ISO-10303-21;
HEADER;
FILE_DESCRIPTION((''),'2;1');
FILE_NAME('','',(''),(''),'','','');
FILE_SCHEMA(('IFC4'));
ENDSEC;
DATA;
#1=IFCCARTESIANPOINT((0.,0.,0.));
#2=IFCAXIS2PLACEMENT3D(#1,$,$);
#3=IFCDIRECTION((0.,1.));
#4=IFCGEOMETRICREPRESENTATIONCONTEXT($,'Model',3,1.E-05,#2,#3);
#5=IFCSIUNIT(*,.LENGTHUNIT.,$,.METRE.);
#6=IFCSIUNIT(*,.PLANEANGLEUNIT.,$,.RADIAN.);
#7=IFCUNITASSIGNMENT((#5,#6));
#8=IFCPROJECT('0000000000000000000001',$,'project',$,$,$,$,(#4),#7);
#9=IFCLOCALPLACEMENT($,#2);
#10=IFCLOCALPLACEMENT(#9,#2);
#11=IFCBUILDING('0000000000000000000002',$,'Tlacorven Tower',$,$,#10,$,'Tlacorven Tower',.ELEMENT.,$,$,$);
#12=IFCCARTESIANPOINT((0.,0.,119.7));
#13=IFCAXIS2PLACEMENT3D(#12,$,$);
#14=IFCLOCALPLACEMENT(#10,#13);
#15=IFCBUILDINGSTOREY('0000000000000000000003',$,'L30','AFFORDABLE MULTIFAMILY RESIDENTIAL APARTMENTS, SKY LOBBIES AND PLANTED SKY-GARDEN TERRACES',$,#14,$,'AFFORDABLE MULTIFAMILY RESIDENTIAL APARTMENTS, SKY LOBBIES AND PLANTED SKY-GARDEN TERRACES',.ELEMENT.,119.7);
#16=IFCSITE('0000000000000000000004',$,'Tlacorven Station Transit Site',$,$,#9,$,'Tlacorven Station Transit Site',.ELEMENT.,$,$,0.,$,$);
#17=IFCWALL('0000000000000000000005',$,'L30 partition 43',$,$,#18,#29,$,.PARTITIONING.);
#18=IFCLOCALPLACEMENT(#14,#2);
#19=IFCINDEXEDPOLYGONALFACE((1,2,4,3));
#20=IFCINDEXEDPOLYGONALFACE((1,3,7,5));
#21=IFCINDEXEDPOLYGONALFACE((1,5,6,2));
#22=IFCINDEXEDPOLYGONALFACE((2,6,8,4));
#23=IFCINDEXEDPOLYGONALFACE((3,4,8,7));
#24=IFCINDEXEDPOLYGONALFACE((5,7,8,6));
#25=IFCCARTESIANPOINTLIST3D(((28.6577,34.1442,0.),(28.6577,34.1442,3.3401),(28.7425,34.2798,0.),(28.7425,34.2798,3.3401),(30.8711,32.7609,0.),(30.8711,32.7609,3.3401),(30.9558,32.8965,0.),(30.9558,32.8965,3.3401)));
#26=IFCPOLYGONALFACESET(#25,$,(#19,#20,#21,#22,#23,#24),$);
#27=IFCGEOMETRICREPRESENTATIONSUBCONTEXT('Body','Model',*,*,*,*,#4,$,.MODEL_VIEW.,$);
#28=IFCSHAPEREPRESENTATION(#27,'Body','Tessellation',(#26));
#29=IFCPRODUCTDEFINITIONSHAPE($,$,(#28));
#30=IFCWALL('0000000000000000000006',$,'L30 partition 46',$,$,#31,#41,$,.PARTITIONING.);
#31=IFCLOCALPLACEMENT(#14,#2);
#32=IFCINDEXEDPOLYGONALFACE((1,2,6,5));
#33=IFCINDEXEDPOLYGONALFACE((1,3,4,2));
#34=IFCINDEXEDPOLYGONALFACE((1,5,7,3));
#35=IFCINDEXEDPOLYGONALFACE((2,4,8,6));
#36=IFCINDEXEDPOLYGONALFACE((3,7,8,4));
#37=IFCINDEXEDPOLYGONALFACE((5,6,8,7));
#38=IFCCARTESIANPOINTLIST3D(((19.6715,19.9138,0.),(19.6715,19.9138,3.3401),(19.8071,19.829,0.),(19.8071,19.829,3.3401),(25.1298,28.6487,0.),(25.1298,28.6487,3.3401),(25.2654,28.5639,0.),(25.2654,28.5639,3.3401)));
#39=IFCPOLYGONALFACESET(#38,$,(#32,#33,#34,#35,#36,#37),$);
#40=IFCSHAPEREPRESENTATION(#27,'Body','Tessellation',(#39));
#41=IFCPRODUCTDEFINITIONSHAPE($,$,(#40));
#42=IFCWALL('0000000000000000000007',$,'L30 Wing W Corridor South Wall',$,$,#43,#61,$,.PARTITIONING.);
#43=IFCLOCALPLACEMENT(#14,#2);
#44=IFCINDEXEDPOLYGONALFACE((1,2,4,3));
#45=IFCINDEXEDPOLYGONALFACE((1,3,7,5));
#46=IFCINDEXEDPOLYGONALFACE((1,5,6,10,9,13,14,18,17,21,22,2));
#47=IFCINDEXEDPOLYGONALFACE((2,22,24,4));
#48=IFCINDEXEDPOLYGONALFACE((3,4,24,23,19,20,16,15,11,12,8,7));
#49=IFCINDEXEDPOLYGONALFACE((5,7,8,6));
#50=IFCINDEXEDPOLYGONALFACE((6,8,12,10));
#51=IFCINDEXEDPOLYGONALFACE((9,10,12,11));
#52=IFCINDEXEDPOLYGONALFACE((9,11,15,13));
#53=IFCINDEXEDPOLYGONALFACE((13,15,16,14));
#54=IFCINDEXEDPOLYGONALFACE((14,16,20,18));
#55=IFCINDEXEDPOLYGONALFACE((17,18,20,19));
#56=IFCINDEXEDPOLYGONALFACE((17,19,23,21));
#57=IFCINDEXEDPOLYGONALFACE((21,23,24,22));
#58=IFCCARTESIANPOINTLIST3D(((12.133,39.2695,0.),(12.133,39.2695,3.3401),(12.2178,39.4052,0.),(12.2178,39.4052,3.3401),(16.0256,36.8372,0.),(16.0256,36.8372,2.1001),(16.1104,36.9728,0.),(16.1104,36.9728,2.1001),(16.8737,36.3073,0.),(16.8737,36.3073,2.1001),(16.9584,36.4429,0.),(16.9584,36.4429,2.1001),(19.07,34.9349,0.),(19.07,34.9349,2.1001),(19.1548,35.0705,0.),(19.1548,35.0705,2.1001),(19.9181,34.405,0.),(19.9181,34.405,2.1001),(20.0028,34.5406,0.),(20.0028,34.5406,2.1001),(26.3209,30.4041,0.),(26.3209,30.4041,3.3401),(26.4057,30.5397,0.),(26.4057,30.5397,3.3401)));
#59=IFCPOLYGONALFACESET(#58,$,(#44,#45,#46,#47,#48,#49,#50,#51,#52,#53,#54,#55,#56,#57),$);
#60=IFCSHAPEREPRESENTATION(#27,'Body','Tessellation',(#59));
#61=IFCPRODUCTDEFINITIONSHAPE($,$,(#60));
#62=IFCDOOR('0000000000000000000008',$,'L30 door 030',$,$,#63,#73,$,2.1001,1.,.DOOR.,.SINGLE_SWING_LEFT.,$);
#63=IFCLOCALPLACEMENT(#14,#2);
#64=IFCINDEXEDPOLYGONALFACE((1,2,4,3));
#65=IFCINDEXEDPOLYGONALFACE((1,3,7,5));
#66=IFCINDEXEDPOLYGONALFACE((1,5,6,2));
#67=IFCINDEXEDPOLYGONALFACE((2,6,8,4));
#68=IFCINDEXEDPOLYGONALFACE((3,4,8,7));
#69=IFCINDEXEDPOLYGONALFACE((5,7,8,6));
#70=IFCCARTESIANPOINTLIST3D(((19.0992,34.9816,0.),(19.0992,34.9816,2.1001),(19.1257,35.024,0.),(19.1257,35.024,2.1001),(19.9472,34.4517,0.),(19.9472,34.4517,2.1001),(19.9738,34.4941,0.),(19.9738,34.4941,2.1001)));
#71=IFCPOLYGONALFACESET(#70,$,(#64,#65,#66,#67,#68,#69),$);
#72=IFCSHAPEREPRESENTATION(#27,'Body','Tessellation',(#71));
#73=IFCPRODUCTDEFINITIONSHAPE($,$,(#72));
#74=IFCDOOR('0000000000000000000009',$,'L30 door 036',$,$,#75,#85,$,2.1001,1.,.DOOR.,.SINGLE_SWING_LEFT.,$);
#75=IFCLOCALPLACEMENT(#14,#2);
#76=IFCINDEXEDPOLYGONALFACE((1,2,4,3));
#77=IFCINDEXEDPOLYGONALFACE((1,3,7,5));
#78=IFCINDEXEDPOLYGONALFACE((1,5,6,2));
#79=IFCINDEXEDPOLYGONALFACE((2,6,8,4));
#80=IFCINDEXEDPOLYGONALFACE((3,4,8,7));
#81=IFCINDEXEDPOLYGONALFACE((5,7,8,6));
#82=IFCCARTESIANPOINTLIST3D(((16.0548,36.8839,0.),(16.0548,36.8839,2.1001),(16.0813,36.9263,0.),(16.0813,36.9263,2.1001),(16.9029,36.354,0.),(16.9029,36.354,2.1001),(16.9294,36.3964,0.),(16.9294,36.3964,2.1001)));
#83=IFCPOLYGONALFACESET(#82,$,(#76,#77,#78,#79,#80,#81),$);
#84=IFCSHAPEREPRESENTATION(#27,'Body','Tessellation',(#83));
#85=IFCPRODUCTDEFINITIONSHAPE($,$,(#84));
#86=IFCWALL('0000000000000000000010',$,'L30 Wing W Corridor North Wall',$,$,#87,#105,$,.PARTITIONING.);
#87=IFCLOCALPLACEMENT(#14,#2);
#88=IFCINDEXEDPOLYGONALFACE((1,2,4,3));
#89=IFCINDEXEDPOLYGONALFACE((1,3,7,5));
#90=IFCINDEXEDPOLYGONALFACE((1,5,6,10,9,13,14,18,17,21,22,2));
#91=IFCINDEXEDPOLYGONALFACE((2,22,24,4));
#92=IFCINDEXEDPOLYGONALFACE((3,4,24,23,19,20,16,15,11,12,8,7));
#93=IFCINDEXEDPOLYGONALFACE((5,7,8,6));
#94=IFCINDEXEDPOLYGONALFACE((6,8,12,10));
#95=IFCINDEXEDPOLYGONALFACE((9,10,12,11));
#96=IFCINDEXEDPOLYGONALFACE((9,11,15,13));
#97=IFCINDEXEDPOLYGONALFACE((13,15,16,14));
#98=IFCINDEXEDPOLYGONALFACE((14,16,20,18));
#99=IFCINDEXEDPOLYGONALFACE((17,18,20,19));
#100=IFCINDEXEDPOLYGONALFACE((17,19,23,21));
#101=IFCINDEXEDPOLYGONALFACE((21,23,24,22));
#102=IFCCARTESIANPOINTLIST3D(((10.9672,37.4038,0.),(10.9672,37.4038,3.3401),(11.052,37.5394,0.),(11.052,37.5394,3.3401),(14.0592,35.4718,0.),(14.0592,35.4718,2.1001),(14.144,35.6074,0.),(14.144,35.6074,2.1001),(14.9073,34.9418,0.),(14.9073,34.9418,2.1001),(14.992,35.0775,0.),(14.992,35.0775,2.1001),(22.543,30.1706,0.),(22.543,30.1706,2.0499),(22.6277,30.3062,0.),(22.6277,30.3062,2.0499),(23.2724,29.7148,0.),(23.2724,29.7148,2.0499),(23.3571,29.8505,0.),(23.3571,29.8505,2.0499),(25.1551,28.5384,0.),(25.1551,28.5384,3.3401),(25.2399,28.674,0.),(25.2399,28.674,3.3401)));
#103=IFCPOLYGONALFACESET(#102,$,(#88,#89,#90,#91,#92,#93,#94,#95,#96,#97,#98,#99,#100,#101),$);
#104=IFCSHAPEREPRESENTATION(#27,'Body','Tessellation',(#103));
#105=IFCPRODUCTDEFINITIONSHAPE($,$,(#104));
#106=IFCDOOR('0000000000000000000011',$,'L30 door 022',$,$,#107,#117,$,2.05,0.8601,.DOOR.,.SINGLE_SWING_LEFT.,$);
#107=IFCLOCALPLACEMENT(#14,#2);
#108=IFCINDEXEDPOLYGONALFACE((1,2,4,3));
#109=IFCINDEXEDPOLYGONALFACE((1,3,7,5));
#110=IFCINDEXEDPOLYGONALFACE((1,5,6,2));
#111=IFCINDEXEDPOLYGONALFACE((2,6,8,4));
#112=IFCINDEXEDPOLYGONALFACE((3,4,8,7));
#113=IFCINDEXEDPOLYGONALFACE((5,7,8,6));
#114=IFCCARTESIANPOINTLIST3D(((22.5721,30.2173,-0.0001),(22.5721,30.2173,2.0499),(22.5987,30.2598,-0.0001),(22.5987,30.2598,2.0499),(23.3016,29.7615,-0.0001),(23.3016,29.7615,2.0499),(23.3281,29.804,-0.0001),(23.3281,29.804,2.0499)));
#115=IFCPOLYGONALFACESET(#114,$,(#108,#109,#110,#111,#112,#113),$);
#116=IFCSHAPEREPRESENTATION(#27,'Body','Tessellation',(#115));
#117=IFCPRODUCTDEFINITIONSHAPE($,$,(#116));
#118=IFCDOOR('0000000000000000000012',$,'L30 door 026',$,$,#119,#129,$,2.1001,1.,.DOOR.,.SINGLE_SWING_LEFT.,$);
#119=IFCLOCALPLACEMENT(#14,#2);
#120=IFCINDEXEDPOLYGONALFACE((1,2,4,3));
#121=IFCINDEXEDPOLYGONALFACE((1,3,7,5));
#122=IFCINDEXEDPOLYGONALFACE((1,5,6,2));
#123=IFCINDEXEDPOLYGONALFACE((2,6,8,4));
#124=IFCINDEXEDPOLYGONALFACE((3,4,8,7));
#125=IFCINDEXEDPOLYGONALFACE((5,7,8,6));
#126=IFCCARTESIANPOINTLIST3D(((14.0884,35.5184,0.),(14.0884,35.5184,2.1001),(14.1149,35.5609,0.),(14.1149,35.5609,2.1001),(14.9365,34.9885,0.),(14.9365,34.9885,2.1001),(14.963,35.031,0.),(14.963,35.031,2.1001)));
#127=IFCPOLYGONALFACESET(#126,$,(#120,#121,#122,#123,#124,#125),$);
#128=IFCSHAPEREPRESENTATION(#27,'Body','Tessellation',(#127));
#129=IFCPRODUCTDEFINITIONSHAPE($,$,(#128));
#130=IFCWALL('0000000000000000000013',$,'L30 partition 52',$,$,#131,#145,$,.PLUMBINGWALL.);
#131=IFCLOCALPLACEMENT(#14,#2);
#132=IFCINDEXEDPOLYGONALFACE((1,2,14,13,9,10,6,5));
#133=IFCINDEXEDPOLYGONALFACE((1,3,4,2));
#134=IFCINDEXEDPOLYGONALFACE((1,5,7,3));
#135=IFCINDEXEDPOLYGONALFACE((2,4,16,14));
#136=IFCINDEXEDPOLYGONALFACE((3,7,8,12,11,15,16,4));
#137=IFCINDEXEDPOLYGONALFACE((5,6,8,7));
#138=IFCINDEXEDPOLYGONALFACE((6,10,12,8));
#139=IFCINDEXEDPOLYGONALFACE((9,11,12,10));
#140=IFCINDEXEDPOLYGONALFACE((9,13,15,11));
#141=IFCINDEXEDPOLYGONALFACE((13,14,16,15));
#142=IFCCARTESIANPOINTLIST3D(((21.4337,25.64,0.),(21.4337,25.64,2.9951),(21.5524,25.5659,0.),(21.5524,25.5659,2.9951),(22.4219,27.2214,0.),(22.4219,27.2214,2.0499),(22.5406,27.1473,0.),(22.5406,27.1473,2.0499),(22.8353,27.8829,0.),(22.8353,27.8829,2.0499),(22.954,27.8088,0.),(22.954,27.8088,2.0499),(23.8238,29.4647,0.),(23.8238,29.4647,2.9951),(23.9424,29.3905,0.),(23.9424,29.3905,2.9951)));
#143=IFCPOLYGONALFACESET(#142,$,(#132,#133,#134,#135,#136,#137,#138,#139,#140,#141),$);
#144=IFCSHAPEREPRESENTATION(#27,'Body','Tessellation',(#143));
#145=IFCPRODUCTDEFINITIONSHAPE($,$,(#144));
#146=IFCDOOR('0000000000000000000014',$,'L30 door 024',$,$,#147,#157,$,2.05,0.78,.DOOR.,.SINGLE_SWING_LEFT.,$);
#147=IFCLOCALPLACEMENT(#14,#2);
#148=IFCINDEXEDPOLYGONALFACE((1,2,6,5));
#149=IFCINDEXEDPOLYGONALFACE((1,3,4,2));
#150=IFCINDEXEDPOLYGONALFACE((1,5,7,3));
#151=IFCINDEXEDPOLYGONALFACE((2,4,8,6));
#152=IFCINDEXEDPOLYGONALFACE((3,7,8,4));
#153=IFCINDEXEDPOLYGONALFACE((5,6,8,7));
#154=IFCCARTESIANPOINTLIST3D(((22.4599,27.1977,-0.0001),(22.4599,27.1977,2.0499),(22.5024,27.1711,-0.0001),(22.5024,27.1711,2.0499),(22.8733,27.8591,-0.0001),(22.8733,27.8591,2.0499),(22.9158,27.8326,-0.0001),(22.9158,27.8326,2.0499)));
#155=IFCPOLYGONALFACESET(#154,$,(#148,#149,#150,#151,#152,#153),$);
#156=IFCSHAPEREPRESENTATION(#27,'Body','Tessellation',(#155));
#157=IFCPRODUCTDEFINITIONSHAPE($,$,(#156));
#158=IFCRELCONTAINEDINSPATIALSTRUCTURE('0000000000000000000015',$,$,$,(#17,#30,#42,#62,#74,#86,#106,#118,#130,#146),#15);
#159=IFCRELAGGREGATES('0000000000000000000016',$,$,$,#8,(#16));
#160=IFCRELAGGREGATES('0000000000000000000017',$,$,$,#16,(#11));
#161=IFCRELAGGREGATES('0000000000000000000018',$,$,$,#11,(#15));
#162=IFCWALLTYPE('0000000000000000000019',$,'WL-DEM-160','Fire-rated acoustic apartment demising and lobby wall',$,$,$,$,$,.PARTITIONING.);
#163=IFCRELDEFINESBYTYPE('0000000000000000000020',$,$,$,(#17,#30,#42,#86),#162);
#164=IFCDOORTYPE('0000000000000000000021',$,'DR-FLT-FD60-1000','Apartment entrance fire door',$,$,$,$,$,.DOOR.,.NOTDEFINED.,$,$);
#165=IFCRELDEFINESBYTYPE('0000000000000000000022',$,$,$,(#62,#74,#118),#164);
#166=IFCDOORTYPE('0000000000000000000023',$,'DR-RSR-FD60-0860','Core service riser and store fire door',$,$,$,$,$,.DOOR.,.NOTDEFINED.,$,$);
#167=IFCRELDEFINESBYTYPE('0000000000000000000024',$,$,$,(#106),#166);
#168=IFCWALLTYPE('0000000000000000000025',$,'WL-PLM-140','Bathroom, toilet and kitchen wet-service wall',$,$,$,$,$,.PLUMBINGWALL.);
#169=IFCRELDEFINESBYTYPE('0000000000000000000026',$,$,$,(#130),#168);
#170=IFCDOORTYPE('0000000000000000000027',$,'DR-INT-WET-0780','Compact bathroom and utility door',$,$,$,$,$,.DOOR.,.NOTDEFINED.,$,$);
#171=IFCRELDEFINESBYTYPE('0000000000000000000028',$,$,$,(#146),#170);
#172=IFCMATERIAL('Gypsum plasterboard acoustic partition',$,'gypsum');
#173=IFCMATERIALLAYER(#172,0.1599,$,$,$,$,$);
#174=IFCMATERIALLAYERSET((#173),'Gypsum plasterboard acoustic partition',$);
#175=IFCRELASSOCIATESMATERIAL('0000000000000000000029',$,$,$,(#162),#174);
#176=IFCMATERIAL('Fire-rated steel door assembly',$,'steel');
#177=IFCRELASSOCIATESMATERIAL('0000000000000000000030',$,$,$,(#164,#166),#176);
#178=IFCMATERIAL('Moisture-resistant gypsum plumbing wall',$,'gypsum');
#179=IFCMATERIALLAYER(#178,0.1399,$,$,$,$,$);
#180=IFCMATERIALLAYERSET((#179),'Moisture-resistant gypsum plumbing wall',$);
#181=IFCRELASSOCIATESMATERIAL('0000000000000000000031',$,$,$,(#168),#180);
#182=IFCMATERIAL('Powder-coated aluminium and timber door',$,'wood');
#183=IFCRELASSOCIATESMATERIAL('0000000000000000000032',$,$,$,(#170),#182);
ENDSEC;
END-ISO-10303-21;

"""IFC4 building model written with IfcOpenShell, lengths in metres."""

from ifc_helpers import new_model, si_unit, direction, frame, frame_2d, origin, place, context, subcontext, project, spatial, rectangle, extrude, source, transform, mapped, material, layer, layer_set, type_object, element, fill, save


model = new_model("IFC4")

# Units and contexts
model_context = context("Model", 3, precision=1e-05, world=origin(), true_north=direction((0.0, 1.0)))
body_context = subcontext(model_context, "Body", "Model", "MODEL_VIEW")
ifc_project = project(units=[si_unit("LENGTHUNIT", "METRE"), si_unit("PLANEANGLEUNIT", "RADIAN")], contexts=[model_context])

# Site, building, storey
site_placement = place(None, origin())
site = spatial("IfcSite", under=ifc_project, at=site_placement, Name="Tlacorven Station Transit Site", LongName="Tlacorven Station Transit Site", CompositionType="ELEMENT", RefElevation=0.0)
building_placement = place(site_placement, origin())
building = spatial("IfcBuilding", under=site, at=building_placement, Name="Tlacorven Tower", LongName="Tlacorven Tower", CompositionType="ELEMENT")
storey_placement = place(building_placement, frame((0.0, 0.0, 119.7)))
storey = spatial("IfcBuildingStorey", under=building, at=storey_placement, Name="L30", Description="AFFORDABLE MULTIFAMILY RESIDENTIAL APARTMENTS, SKY LOBBIES AND PLANTED SKY-GARDEN TERRACES", LongName="AFFORDABLE MULTIFAMILY RESIDENTIAL APARTMENTS, SKY LOBBIES AND PLANTED SKY-GARDEN TERRACES", CompositionType="ELEMENT", Elevation=119.7)

# Walls
ifc_material_1 = material(Name="Gypsum plasterboard acoustic partition", Category="gypsum")
ifc_layer_1 = layer(ifc_material_1, 0.1599)
ifc_layer_set_1 = layer_set([ifc_layer_1], Name="Gypsum plasterboard acoustic partition")
wall_type_1 = type_object("IfcWallType", Name="WL-DEM-160", Description="Fire-rated acoustic apartment demising and lobby wall", PredefinedType="PARTITIONING", material=ifc_layer_set_1)
wall_1_placement = place(storey_placement, frame((30.9136, 32.8286, 0.0), z_axis=(0.0, 0.0, 1.0), x_axis=(-0.848009, 0.529982, 0.0)))
element("IfcWall", 1, at=wall_1_placement, inside=storey, type_object=wall_type_1, Name="L30 partition 43", PredefinedType="PARTITIONING", context=body_context, shape_type="SweptSolid", body=[
    extrude(rectangle(XDim=2.6101, YDim=0.1599, at=frame_2d((1.3052, 0.0))), origin(), (0.0, 0.0, 1.0), 3.3401),
])
wall_2_placement = place(storey_placement, frame((25.1975, 28.6062, 0.0), z_axis=(0.0, 0.0, 1.0), x_axis=(-0.529926, -0.848044, 0.0)))
element("IfcWall", 2, at=wall_2_placement, inside=storey, type_object=wall_type_1, Name="L30 partition 46", PredefinedType="PARTITIONING", context=body_context, shape_type="SweptSolid", body=[
    extrude(rectangle(XDim=10.3, YDim=0.1599, at=frame_2d((5.1499, 0.0))), origin(), (0.0, 0.0, 1.0), 3.3401),
])

# Walls, openings, doors
wall_3_placement = place(storey_placement, frame((26.3633, 30.4719, 0.0), z_axis=(0.0, 0.0, 1.0), x_axis=(-0.848052, 0.529912, 0.0)))
wall_3 = element("IfcWall", 3, at=wall_3_placement, inside=storey, type_object=wall_type_1, Name="L30 Wing W Corridor South Wall", PredefinedType="PARTITIONING", context=body_context, shape_type="SweptSolid", body=[
    extrude(rectangle(XDim=16.73, YDim=0.1599, at=frame_2d((8.365, 0.0))), origin(), (0.0, 0.0, 1.0), 3.3401),
])
opening_1_placement = place(wall_3_placement, frame((7.55, 0.0, 0.0)))
opening_1 = element("IfcOpeningElement", 4, at=opening_1_placement, cuts=wall_3, PredefinedType="OPENING", context=body_context, shape_type="SweptSolid", body=[
    extrude(rectangle(XDim=1.0, YDim=2.1001, at=frame_2d((0.5, 1.05))), frame((0.0, 0.0898, 0.0), z_axis=(0.0, -1.0, 0.0), x_axis=(1.0, 0.0, 0.0)), (0.0, 0.0, 1.0), 0.1799),
])
opening_2_placement = place(wall_3_placement, frame((11.1399, 0.0, 0.0)))
opening_2 = element("IfcOpeningElement", 5, at=opening_2_placement, cuts=wall_3, PredefinedType="OPENING", context=body_context, shape_type="SweptSolid", body=[
    extrude(rectangle(XDim=1.0, YDim=2.1001, at=frame_2d((0.5, 1.05))), frame((0.0, 0.0898, 0.0), z_axis=(0.0, -1.0, 0.0), x_axis=(1.0, 0.0, 0.0)), (0.0, 0.0, 1.0), 0.1799),
])
ifc_material_2 = material(Name="Fire-rated steel door assembly", Category="steel")
door_type_1 = type_object("IfcDoorType", Name="DR-FLT-FD60-1000", Description="Apartment entrance fire door", OperationType="NOTDEFINED", PredefinedType="DOOR", material=ifc_material_2)
shared_shape_1 = source(origin(), body_context, "Body", "SweptSolid", [
    extrude(rectangle(XDim=1.0, YDim=2.1001, at=frame_2d((0.5, 1.05))), frame((0.0, 0.0249, 0.0), z_axis=(0.0, -1.0, 0.0), x_axis=(1.0, 0.0, 0.0)), (0.0, 0.0, 1.0), 0.05),
])
door_1_placement = place(opening_1_placement, origin())
door_1 = element("IfcDoor", 6, at=door_1_placement, inside=storey, type_object=door_type_1, Name="L30 door 030", OperationType="SINGLE_SWING_LEFT", OverallHeight=2.1001, OverallWidth=1.0, PredefinedType="DOOR", context=body_context, shape_type="MappedRepresentation", body=[
    mapped(shared_shape_1, transform((0.0, 0.0, 0.0), scale=1.0)),
])
fill(opening_1, door_1)
door_2_placement = place(opening_2_placement, origin())
door_2 = element("IfcDoor", 7, at=door_2_placement, inside=storey, type_object=door_type_1, Name="L30 door 036", OperationType="SINGLE_SWING_LEFT", OverallHeight=2.1001, OverallWidth=1.0, PredefinedType="DOOR", context=body_context, shape_type="MappedRepresentation", body=[
    mapped(shared_shape_1, transform((0.0, 0.0, 0.0), scale=1.0)),
])
fill(opening_2, door_2)
wall_4_placement = place(storey_placement, frame((25.1975, 28.6062, 0.0), z_axis=(0.0, 0.0, 1.0), x_axis=(-0.848052, 0.529912, 0.0)))
wall_4 = element("IfcWall", 8, at=wall_4_placement, inside=storey, type_object=wall_type_1, Name="L30 Wing W Corridor North Wall", PredefinedType="PARTITIONING", context=body_context, shape_type="SweptSolid", body=[
    extrude(rectangle(XDim=16.73, YDim=0.1599, at=frame_2d((8.365, 0.0))), origin(), (0.0, 0.0, 1.0), 3.3401),
])
opening_3_placement = place(wall_4_placement, frame((2.22, 0.0, 0.0)))
opening_3 = element("IfcOpeningElement", 9, at=opening_3_placement, cuts=wall_4, PredefinedType="OPENING", context=body_context, shape_type="SweptSolid", body=[
    extrude(rectangle(XDim=0.8601, YDim=2.05, at=frame_2d((0.4302, 1.0249))), frame((0.0, 0.0898, 0.0), z_axis=(0.0, -1.0, 0.0), x_axis=(1.0, 0.0, 0.0)), (0.0, 0.0, 1.0), 0.1799),
])
opening_4_placement = place(wall_4_placement, frame((12.084, 0.0, 0.0)))
opening_4 = element("IfcOpeningElement", 10, at=opening_4_placement, cuts=wall_4, PredefinedType="OPENING", context=body_context, shape_type="SweptSolid", body=[
    extrude(rectangle(XDim=1.0, YDim=2.1001, at=frame_2d((0.5, 1.05))), frame((0.0, 0.0898, 0.0), z_axis=(0.0, -1.0, 0.0), x_axis=(1.0, 0.0, 0.0)), (0.0, 0.0, 1.0), 0.1799),
])
door_type_2 = type_object("IfcDoorType", Name="DR-RSR-FD60-0860", Description="Core service riser and store fire door", OperationType="NOTDEFINED", PredefinedType="DOOR", material=ifc_material_2)
shared_shape_2 = source(origin(), body_context, "Body", "SweptSolid", [
    extrude(rectangle(XDim=0.8601, YDim=2.05, at=frame_2d((0.4302, 1.0249))), frame((0.0, 0.0249, 0.0), z_axis=(0.0, -1.0, 0.0), x_axis=(1.0, 0.0, 0.0)), (0.0, 0.0, 1.0), 0.05),
])
door_3_placement = place(opening_3_placement, origin())
door_3 = element("IfcDoor", 11, at=door_3_placement, inside=storey, type_object=door_type_2, Name="L30 door 022", OperationType="SINGLE_SWING_LEFT", OverallHeight=2.05, OverallWidth=0.8601, PredefinedType="DOOR", context=body_context, shape_type="MappedRepresentation", body=[
    mapped(shared_shape_2, transform((0.0, 0.0, 0.0), scale=1.0)),
])
fill(opening_3, door_3)
door_4_placement = place(opening_4_placement, origin())
door_4 = element("IfcDoor", 12, at=door_4_placement, inside=storey, type_object=door_type_1, Name="L30 door 026", OperationType="SINGLE_SWING_LEFT", OverallHeight=2.1001, OverallWidth=1.0, PredefinedType="DOOR", context=body_context, shape_type="MappedRepresentation", body=[
    mapped(shared_shape_1, transform((0.0, 0.0, 0.0), scale=1.0)),
])
fill(opening_4, door_4)

# Wall, opening, door
ifc_material_3 = material(Name="Moisture-resistant gypsum plumbing wall", Category="gypsum")
ifc_layer_2 = layer(ifc_material_3, 0.1399)
ifc_layer_set_2 = layer_set([ifc_layer_2], Name="Moisture-resistant gypsum plumbing wall")
wall_type_2 = type_object("IfcWallType", Name="WL-PLM-140", Description="Bathroom, toilet and kitchen wet-service wall", PredefinedType="PLUMBINGWALL", material=ifc_layer_set_2)
wall_5_placement = place(storey_placement, frame((23.8831, 29.4275, 0.0), z_axis=(0.0, 0.0, 1.0), x_axis=(-0.52995, -0.848029, 0.0)))
wall_5 = element("IfcWall", 13, at=wall_5_placement, inside=storey, type_object=wall_type_2, Name="L30 partition 52", PredefinedType="PLUMBINGWALL", context=body_context, shape_type="SweptSolid", body=[
    extrude(rectangle(XDim=4.51, YDim=0.1399, at=frame_2d((2.2549, 0.0))), origin(), (0.0, 0.0, 1.0), 2.9951),
])
opening_5_placement = place(wall_5_placement, frame((1.865, 0.0, 0.0)))
opening_5 = element("IfcOpeningElement", 14, at=opening_5_placement, cuts=wall_5, PredefinedType="OPENING", context=body_context, shape_type="SweptSolid", body=[
    extrude(rectangle(XDim=0.78, YDim=2.05, at=frame_2d((0.3901, 1.0249))), frame((0.0, 0.0801, 0.0), z_axis=(0.0, -1.0, 0.0), x_axis=(1.0, 0.0, 0.0)), (0.0, 0.0, 1.0), 0.1599),
])
ifc_material_4 = material(Name="Powder-coated aluminium and timber door", Category="wood")
door_type_3 = type_object("IfcDoorType", Name="DR-INT-WET-0780", Description="Compact bathroom and utility door", OperationType="NOTDEFINED", PredefinedType="DOOR", material=ifc_material_4)
shared_shape_3 = source(origin(), body_context, "Body", "SweptSolid", [
    extrude(rectangle(XDim=0.78, YDim=2.05, at=frame_2d((0.3901, 1.0249))), frame((0.0, 0.0249, 0.0), z_axis=(0.0, -1.0, 0.0), x_axis=(1.0, 0.0, 0.0)), (0.0, 0.0, 1.0), 0.05),
])
door_5_placement = place(opening_5_placement, origin())
door_5 = element("IfcDoor", 15, at=door_5_placement, inside=storey, type_object=door_type_3, Name="L30 door 024", OperationType="SINGLE_SWING_LEFT", OverallHeight=2.05, OverallWidth=0.78, PredefinedType="DOOR", context=body_context, shape_type="MappedRepresentation", body=[
    mapped(shared_shape_3, transform((0.0, 0.0, 0.0), scale=1.0)),
])
fill(opening_5, door_5)

save(model, "model.ifc")
